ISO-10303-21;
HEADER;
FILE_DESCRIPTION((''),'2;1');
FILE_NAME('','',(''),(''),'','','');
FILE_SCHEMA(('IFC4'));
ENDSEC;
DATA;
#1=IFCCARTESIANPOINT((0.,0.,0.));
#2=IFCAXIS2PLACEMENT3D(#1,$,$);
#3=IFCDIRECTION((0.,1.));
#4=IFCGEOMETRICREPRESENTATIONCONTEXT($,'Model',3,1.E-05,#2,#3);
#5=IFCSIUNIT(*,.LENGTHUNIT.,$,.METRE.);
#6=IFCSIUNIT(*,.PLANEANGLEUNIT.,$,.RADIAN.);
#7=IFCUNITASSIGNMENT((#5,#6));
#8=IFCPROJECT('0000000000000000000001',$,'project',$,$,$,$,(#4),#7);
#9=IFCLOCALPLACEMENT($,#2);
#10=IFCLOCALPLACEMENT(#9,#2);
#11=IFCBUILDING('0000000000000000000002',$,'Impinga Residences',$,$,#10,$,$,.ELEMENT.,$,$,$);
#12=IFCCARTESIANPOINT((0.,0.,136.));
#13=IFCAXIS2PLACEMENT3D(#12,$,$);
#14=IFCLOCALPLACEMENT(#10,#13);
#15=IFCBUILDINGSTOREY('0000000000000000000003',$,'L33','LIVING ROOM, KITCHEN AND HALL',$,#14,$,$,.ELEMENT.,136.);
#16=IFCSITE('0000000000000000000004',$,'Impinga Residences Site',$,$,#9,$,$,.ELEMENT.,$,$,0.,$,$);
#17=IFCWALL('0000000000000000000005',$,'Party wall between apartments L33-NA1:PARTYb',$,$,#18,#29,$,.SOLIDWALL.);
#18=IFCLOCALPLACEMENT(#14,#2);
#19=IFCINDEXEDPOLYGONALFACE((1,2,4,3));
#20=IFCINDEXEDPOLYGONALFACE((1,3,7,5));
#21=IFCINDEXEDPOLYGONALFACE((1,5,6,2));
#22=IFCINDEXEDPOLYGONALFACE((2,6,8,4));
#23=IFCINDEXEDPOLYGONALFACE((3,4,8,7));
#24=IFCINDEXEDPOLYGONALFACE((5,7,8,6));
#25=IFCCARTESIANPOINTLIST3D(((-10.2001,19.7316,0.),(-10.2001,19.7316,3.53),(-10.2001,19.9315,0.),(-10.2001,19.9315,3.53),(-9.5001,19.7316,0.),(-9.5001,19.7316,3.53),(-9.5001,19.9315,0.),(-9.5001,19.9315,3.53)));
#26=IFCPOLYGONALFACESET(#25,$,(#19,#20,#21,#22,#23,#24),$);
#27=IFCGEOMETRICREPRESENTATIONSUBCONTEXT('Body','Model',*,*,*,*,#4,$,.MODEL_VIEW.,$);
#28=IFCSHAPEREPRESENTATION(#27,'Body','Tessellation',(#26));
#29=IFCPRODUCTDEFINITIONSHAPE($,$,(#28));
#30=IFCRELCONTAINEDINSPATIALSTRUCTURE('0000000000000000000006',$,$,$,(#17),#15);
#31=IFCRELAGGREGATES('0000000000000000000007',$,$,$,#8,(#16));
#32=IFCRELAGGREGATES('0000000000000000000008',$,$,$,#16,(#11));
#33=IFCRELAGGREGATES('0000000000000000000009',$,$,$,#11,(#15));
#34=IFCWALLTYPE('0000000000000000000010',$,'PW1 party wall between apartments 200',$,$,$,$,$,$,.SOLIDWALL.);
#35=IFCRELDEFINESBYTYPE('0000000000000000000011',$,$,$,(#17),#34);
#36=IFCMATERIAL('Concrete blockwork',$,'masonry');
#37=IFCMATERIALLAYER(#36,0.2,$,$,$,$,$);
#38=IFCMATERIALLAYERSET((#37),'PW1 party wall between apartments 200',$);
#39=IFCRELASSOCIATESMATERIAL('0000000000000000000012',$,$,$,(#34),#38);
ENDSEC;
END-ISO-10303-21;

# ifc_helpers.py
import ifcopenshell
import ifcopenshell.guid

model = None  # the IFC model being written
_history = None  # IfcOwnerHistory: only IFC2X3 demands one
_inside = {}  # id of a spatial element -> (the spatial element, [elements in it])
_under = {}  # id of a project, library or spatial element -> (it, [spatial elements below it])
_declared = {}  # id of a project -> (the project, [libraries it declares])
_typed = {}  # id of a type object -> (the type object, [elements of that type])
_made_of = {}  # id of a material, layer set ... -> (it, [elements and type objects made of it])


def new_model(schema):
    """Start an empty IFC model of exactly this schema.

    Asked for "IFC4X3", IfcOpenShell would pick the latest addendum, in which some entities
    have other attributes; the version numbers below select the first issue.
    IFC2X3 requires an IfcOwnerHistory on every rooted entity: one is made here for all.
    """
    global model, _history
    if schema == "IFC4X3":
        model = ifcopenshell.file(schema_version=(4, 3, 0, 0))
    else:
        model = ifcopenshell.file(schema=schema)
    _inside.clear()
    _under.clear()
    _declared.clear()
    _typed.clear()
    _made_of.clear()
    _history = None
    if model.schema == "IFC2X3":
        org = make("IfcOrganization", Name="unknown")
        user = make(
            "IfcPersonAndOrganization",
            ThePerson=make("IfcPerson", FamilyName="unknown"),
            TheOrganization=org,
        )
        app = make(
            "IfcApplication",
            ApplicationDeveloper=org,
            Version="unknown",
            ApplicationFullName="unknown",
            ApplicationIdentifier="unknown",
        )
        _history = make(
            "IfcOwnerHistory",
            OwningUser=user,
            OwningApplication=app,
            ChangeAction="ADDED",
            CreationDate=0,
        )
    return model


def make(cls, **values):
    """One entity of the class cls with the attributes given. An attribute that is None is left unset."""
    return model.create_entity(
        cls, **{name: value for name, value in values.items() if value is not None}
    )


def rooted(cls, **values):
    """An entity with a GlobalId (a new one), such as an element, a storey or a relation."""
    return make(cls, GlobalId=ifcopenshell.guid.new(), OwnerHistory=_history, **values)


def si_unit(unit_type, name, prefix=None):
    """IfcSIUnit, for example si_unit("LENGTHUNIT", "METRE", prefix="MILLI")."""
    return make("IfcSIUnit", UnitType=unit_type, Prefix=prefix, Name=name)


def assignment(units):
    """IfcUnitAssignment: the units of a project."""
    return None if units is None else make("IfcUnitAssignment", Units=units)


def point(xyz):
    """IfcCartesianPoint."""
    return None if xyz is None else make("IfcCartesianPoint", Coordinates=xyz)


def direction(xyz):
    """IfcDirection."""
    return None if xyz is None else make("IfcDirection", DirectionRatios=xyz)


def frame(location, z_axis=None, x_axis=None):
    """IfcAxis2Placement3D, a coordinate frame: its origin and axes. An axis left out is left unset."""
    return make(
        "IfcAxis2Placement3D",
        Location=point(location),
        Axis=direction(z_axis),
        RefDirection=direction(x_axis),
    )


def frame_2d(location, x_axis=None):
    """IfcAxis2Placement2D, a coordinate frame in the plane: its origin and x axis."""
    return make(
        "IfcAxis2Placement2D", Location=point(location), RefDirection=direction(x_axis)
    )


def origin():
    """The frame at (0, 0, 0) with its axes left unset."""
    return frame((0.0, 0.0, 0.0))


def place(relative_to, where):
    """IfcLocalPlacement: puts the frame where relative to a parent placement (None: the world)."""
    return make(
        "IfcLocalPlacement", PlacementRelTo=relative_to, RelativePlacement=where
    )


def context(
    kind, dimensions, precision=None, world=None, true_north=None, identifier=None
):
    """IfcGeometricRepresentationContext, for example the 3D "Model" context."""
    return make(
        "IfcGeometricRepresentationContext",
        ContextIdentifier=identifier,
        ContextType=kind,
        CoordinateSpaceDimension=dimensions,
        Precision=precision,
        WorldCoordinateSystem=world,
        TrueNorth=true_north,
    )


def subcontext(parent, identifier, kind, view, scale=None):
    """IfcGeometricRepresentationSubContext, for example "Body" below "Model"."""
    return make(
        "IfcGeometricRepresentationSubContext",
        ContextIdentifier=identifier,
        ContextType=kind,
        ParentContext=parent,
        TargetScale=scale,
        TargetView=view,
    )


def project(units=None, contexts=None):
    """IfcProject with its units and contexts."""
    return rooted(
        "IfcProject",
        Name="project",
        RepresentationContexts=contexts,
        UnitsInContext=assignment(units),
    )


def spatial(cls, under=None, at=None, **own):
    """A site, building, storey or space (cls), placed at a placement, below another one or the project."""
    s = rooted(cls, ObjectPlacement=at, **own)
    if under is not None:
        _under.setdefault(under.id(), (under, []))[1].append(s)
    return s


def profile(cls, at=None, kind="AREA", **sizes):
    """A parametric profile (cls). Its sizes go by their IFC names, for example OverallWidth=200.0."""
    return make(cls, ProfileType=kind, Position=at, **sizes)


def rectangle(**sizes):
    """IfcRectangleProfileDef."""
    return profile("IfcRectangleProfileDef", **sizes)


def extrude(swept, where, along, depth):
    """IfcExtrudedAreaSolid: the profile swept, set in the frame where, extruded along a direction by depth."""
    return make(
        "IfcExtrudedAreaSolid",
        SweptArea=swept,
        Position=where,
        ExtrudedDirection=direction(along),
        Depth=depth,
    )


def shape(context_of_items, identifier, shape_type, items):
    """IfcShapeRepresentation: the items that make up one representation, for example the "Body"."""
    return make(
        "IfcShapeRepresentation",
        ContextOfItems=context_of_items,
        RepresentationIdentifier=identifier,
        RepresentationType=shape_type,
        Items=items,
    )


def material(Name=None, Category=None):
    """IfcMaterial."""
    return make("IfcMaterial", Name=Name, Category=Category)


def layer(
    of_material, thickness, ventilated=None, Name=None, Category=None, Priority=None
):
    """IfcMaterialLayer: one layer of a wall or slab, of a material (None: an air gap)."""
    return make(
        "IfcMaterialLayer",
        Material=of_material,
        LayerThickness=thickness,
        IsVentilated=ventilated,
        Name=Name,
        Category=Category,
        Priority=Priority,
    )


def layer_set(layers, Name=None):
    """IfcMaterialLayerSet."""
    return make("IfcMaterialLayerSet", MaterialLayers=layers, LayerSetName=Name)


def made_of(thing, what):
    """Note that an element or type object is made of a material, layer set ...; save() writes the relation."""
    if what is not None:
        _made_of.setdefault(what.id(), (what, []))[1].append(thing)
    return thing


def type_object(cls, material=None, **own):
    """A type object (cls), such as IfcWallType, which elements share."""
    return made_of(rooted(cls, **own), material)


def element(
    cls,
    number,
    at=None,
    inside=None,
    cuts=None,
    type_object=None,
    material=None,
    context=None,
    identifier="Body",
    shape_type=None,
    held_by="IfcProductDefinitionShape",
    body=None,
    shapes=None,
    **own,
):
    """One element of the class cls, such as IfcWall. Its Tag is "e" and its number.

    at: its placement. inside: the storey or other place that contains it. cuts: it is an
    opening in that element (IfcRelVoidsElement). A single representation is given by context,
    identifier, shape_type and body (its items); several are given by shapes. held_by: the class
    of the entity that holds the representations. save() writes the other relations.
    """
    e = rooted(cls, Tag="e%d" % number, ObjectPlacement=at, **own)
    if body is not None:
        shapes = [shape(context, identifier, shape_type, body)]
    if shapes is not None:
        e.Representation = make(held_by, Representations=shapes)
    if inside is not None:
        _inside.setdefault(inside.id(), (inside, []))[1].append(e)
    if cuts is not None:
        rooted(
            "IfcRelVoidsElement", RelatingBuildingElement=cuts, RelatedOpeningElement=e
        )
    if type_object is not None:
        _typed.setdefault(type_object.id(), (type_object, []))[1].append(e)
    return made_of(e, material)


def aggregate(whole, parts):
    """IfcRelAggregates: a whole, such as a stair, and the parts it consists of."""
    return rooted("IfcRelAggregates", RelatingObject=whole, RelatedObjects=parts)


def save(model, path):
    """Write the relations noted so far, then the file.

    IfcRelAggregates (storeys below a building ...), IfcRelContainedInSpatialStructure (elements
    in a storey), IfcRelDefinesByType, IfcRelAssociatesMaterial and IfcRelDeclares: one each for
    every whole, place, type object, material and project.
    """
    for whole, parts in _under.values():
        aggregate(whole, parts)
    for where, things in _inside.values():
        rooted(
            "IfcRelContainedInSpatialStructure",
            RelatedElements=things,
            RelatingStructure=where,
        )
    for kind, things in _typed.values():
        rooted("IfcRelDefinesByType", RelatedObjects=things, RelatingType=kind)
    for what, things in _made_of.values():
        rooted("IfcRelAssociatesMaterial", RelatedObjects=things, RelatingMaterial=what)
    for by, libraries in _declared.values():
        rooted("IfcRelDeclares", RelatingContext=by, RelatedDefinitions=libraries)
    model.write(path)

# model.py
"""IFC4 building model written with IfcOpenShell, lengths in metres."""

from ifc_helpers import new_model, si_unit, direction, frame, frame_2d, origin, place, context, subcontext, project, spatial, rectangle, extrude, material, layer, layer_set, type_object, element, save


model = new_model("IFC4")

# Units and contexts
model_context = context("Model", 3, precision=1e-05, world=origin(), true_north=direction((0.0, 1.0)))
body_context = subcontext(model_context, "Body", "Model", "MODEL_VIEW")
ifc_project = project(units=[si_unit("LENGTHUNIT", "METRE"), si_unit("PLANEANGLEUNIT", "RADIAN")], contexts=[model_context])

# Site, building, storey
site_placement = place(None, origin())
site = spatial("IfcSite", under=ifc_project, at=site_placement, Name="Impinga Residences Site", CompositionType="ELEMENT", RefElevation=0.0)
building_placement = place(site_placement, origin())
building = spatial("IfcBuilding", under=site, at=building_placement, Name="Impinga Residences", CompositionType="ELEMENT")
storey_placement = place(building_placement, frame((0.0, 0.0, 136.0)))
storey = spatial("IfcBuildingStorey", under=building, at=storey_placement, Name="L33", Description="LIVING ROOM, KITCHEN AND HALL", CompositionType="ELEMENT", Elevation=136.0)

# Wall
ifc_material_1 = material(Name="Concrete blockwork", Category="masonry")
ifc_layer_1 = layer(ifc_material_1, 0.2)
ifc_layer_set_1 = layer_set([ifc_layer_1], Name="PW1 party wall between apartments 200")
wall_type_1 = type_object("IfcWallType", Name="PW1 party wall between apartments 200", PredefinedType="SOLIDWALL", material=ifc_layer_set_1)
wall_1_placement = place(storey_placement, frame((-9.5, 19.8315, 0.0), z_axis=(0.0, 0.0, 1.0), x_axis=(-1.0, 0.0, 0.0)))
element("IfcWall", 1, at=wall_1_placement, inside=storey, type_object=wall_type_1, Name="Party wall between apartments L33-NA1:PARTYb", PredefinedType="SOLIDWALL", context=body_context, shape_type="SweptSolid", body=[
    extrude(rectangle(XDim=0.7, YDim=0.2, at=frame_2d((0.3501, 0.0))), origin(), (0.0, 0.0, 1.0), 3.53),
])

save(model, "model.ifc")
